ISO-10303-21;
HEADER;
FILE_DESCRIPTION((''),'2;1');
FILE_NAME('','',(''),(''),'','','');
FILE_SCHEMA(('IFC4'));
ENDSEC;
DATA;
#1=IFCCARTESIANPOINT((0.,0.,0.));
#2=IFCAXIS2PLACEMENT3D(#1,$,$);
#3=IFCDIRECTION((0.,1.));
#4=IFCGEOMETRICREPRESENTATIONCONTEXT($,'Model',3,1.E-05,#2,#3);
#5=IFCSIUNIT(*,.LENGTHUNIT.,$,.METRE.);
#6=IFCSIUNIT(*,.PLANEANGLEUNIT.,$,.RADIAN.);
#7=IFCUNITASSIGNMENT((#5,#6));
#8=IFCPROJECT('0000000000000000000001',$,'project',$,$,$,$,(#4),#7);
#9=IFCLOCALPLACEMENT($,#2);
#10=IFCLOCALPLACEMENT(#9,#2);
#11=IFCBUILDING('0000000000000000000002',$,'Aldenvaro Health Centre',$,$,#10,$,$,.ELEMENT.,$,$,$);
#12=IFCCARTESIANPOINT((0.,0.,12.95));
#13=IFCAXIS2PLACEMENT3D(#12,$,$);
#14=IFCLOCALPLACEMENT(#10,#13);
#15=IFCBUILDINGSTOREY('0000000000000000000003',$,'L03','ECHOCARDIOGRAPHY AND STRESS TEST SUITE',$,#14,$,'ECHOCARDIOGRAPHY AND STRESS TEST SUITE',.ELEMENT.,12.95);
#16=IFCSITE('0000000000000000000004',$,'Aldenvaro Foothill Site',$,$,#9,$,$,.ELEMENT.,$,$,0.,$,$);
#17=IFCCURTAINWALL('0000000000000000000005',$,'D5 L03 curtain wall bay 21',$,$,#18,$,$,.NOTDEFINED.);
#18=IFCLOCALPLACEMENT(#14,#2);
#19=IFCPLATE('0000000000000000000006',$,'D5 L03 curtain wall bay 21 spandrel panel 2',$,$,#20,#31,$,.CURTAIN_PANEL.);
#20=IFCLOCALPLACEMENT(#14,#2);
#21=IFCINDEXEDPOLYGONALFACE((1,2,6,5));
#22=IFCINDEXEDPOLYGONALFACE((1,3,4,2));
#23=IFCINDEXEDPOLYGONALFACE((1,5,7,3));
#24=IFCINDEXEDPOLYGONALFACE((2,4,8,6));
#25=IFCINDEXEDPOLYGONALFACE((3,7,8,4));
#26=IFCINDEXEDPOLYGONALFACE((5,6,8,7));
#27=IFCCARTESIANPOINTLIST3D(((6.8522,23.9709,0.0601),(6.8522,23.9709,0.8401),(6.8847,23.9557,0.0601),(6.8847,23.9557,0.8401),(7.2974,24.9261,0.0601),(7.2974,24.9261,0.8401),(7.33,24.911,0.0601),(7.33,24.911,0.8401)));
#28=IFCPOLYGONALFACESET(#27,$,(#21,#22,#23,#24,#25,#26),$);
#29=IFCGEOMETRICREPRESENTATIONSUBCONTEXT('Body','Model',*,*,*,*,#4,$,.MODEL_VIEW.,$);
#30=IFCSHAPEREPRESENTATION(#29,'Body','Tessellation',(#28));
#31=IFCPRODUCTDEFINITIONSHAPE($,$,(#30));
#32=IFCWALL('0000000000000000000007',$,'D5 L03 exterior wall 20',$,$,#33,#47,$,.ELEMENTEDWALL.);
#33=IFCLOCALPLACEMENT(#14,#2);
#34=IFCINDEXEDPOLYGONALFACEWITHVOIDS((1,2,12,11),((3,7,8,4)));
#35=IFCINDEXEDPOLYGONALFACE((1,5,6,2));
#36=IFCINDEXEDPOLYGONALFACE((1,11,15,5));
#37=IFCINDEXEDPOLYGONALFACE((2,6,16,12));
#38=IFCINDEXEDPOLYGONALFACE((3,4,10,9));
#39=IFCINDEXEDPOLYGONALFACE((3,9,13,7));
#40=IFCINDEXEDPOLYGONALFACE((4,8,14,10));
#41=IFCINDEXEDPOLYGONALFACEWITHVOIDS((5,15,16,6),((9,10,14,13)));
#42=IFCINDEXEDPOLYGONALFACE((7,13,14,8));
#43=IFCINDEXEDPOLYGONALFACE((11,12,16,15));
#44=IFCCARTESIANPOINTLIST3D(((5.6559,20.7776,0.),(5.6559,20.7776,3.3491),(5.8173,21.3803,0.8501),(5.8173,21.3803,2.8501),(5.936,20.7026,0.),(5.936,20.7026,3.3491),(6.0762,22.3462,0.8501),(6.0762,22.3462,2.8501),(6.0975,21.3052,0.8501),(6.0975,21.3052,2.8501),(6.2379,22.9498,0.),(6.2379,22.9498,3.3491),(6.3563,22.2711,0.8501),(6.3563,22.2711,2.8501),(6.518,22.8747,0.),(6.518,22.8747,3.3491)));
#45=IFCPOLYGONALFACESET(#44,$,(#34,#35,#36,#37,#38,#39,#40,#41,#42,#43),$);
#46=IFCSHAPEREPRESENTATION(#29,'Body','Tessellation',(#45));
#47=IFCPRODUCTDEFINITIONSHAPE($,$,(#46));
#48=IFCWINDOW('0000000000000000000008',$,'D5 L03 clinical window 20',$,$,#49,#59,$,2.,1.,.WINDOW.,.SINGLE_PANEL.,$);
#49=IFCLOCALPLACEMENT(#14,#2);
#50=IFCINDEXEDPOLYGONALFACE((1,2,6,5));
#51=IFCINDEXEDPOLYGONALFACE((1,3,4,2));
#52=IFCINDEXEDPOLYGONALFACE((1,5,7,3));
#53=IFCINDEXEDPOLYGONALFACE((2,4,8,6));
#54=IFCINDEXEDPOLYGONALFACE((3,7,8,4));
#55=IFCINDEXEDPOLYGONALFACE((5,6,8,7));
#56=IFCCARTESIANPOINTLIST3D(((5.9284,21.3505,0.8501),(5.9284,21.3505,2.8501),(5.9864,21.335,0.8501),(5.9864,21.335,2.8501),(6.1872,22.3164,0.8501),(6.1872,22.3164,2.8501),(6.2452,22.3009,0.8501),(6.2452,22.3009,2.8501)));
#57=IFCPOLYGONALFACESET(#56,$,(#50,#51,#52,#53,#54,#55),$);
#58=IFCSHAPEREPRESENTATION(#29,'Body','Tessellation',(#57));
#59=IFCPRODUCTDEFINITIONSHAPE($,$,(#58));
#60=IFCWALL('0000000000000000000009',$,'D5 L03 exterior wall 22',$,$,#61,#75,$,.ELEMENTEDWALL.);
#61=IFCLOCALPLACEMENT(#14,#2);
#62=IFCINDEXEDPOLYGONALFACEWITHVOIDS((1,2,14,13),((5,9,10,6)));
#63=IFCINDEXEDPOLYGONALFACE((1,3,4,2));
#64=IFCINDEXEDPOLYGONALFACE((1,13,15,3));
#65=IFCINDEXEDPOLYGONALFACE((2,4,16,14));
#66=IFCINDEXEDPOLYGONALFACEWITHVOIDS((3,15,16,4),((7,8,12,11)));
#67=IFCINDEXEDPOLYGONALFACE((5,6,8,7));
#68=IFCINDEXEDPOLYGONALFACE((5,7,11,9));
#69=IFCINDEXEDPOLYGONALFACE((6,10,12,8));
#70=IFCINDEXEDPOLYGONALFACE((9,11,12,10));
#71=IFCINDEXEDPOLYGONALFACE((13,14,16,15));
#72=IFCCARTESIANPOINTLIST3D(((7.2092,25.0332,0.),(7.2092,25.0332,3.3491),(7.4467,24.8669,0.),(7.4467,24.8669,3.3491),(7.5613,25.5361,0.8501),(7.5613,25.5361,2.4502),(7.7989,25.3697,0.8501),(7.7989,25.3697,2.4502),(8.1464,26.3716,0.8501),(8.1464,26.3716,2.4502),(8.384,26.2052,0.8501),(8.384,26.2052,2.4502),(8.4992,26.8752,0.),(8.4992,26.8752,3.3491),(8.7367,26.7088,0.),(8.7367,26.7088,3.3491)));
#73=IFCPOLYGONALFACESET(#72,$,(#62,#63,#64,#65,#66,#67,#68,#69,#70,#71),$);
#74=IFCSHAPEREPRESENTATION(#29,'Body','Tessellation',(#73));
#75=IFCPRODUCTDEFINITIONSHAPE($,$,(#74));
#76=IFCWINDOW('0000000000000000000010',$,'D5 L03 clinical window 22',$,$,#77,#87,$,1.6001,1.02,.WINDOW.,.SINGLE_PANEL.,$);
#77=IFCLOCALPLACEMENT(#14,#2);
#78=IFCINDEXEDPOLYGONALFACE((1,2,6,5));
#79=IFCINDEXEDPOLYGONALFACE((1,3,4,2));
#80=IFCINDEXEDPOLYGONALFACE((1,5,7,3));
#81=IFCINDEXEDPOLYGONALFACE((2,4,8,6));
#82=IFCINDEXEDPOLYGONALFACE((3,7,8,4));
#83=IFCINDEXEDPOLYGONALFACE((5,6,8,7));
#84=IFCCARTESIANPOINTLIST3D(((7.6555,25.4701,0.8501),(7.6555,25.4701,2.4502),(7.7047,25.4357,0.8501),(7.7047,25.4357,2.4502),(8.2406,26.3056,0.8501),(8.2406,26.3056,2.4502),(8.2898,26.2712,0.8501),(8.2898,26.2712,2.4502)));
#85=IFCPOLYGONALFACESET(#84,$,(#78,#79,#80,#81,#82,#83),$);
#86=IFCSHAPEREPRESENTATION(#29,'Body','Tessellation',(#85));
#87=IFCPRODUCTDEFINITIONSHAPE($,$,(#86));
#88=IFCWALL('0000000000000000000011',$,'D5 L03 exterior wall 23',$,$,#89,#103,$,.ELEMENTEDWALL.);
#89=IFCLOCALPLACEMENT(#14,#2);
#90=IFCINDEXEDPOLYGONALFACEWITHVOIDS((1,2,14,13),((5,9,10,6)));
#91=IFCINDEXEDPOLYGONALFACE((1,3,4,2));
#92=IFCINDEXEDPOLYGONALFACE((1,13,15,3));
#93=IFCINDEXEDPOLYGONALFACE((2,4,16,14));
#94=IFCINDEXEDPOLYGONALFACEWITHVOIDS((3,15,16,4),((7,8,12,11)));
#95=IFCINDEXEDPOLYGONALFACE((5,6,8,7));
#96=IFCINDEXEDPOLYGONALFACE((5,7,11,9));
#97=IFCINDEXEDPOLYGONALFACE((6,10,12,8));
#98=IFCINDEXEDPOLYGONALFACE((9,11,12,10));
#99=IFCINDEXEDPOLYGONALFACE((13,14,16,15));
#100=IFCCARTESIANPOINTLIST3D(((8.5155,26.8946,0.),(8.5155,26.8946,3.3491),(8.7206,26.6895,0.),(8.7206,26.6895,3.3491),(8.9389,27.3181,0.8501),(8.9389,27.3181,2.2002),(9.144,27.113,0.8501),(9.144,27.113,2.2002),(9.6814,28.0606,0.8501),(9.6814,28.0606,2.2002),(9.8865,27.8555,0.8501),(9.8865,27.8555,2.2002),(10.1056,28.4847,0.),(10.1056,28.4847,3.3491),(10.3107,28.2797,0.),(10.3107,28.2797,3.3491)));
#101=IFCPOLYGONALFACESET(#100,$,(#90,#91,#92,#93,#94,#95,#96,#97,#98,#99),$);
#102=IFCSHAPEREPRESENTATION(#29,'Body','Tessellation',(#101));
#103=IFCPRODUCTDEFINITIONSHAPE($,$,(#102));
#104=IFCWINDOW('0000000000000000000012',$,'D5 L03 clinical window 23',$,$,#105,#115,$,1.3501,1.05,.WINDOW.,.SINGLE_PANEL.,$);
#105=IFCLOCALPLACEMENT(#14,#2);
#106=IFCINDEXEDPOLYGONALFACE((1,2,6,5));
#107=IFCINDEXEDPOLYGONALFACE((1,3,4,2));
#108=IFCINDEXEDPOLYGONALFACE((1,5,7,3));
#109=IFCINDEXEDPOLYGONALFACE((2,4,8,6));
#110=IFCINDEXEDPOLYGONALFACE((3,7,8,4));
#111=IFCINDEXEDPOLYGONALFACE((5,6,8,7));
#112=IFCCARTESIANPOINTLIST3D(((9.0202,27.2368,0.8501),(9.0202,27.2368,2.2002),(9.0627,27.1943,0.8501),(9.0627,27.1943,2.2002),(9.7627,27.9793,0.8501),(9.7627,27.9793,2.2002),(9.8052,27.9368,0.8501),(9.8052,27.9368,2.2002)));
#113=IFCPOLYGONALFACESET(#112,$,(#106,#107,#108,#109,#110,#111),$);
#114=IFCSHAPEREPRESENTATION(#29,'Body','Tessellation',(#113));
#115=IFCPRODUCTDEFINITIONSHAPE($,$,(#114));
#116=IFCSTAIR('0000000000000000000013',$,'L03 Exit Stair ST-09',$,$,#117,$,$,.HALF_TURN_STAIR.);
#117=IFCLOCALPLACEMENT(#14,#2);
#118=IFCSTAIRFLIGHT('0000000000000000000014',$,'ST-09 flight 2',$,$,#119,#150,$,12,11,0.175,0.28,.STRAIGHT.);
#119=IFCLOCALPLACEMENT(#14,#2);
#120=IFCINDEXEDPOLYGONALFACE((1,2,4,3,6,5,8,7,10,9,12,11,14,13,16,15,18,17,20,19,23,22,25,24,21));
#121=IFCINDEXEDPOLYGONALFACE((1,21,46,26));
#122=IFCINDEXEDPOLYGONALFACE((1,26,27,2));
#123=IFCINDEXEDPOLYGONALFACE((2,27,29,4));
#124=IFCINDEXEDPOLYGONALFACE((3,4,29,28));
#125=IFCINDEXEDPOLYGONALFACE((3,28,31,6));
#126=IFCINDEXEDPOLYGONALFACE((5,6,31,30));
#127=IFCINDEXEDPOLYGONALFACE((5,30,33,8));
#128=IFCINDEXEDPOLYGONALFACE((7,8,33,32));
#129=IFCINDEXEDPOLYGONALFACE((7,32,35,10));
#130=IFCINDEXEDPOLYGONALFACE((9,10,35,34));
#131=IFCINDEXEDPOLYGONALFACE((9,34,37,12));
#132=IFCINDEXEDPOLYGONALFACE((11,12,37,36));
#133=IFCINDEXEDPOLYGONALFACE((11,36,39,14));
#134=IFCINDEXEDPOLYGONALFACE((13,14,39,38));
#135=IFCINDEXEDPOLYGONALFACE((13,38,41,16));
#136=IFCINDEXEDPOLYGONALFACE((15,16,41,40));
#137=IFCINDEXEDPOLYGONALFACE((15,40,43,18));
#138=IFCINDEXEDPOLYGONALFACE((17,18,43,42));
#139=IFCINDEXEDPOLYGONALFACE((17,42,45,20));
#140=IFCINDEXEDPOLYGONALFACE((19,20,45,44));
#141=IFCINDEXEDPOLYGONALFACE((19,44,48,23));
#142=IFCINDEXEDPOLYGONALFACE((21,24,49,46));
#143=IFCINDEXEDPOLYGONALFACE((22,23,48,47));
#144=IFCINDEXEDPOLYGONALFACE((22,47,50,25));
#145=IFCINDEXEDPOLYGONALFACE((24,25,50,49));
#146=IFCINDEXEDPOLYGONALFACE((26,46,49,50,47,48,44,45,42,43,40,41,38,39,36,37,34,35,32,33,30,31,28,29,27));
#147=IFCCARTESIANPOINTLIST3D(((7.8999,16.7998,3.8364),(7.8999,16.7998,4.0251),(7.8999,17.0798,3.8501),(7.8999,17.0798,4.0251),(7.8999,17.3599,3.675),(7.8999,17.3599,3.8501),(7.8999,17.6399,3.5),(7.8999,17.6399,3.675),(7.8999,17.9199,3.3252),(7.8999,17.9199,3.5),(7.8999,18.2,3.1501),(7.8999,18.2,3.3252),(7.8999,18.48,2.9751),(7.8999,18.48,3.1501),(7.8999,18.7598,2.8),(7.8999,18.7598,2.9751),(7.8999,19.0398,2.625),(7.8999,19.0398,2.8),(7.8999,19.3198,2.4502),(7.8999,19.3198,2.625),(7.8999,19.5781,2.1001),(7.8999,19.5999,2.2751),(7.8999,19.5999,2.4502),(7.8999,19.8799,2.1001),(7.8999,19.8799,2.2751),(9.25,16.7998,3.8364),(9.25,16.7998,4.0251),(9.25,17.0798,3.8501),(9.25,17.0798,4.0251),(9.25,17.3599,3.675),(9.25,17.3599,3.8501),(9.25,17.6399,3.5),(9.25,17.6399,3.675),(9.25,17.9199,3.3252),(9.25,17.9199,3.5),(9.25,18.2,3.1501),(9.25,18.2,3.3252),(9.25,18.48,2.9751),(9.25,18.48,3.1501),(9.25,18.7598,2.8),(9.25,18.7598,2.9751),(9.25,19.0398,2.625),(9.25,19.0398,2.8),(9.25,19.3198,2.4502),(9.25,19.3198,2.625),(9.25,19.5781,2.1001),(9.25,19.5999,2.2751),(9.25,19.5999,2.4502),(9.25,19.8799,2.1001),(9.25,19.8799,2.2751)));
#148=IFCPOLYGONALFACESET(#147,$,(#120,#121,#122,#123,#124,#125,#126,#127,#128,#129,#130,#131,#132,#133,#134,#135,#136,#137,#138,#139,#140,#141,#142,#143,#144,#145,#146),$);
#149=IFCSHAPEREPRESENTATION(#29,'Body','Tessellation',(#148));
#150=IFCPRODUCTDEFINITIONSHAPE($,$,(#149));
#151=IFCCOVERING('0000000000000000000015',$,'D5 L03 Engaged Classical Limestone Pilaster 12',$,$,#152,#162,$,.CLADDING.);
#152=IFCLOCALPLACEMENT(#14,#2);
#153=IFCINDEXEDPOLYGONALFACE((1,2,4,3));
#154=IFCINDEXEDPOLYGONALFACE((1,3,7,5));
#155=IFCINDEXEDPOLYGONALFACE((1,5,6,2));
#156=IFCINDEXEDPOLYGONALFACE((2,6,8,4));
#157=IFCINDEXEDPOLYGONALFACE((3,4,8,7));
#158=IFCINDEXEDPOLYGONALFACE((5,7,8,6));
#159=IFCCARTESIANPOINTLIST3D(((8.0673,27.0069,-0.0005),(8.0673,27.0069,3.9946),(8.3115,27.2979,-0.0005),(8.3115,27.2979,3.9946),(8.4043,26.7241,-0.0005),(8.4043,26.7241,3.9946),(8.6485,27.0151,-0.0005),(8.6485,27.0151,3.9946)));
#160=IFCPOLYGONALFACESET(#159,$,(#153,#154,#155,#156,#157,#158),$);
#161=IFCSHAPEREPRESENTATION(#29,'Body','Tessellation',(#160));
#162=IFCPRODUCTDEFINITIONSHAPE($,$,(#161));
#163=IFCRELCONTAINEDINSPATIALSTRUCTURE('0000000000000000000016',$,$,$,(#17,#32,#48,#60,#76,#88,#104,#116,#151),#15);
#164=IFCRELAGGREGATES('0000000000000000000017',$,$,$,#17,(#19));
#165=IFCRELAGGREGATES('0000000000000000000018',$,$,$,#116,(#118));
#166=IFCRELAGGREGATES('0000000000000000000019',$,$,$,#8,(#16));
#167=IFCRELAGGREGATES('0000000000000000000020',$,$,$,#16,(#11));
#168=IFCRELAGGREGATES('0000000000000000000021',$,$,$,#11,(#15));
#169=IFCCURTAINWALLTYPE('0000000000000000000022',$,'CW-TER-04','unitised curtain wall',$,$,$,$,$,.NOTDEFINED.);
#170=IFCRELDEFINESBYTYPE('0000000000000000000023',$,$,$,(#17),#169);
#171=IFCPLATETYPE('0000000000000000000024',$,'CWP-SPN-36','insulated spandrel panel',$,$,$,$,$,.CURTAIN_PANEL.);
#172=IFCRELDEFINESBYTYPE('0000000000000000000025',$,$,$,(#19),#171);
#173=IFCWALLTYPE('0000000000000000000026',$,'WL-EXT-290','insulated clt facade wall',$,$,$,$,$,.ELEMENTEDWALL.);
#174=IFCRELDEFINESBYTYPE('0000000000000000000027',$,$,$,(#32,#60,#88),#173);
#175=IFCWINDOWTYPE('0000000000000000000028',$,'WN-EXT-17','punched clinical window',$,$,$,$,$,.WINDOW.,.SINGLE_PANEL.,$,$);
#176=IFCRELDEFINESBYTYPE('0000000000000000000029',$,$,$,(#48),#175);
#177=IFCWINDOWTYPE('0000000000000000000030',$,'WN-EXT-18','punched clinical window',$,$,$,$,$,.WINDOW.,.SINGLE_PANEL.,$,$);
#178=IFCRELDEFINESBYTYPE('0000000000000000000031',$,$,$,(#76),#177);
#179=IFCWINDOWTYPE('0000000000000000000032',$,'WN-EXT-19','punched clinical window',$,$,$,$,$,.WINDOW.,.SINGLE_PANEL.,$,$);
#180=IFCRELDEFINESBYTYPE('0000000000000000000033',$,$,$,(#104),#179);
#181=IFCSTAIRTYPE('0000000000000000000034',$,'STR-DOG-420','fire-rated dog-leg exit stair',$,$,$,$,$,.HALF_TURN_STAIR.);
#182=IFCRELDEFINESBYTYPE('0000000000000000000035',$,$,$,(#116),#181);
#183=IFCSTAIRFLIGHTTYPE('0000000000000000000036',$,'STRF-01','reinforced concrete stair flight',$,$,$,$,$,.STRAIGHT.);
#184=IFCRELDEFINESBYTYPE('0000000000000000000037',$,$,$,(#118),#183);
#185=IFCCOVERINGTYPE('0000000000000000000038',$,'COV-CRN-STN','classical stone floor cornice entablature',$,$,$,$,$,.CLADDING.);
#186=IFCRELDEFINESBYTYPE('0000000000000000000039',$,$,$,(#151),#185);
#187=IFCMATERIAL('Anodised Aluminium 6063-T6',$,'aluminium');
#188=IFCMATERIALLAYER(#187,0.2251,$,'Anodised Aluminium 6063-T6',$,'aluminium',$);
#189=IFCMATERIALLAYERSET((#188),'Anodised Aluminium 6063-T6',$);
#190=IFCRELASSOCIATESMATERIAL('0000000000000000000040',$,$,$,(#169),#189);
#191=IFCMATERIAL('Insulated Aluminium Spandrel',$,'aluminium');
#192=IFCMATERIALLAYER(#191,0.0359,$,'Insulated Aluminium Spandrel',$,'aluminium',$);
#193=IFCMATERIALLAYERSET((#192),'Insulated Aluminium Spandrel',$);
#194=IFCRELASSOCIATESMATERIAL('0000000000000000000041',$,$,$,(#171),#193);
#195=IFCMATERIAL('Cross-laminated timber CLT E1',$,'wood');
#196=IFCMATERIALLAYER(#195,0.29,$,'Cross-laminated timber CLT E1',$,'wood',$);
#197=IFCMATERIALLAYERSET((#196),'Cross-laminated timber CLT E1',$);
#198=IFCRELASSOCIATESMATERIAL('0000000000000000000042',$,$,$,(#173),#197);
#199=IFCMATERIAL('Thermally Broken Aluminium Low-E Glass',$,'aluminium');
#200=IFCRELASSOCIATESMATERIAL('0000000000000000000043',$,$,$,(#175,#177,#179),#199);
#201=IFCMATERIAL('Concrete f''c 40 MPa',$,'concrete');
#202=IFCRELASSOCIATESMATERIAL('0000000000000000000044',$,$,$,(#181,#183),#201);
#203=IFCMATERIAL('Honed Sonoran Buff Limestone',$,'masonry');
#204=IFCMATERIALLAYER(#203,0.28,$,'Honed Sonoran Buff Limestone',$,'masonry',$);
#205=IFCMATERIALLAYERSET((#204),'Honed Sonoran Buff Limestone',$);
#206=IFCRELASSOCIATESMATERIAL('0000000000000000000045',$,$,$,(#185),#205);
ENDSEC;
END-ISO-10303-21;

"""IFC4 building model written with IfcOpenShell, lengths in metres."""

from ifc_helpers import new_model, si_unit, direction, frame, frame_2d, origin, origin_2d, place, context, subcontext, project, spatial, polyline, rectangle, outline, extrude, material, layer, layer_set, type_object, element, fill, aggregate, save


model = new_model("IFC4")

# Units and contexts
model_context = context("Model", 3, precision=1e-05, world=origin(), true_north=direction((0.0, 1.0)))
body_context = subcontext(model_context, "Body", "Model", "MODEL_VIEW")
ifc_project = project(units=[si_unit("LENGTHUNIT", "METRE"), si_unit("PLANEANGLEUNIT", "RADIAN")], contexts=[model_context])

# Site, building, storey
site_placement = place(None, origin())
site = spatial("IfcSite", under=ifc_project, at=site_placement, Name="Aldenvaro Foothill Site", CompositionType="ELEMENT", RefElevation=0.0)
building_placement = place(site_placement, origin())
building = spatial("IfcBuilding", under=site, at=building_placement, Name="Aldenvaro Health Centre", CompositionType="ELEMENT")
storey_placement = place(building_placement, frame((0.0, 0.0, 12.95)))
storey = spatial("IfcBuildingStorey", under=building, at=storey_placement, Name="L03", Description="ECHOCARDIOGRAPHY AND STRESS TEST SUITE", LongName="ECHOCARDIOGRAPHY AND STRESS TEST SUITE", CompositionType="ELEMENT", Elevation=12.95)

# Curtain wall
ifc_material_1 = material(Name="Anodised Aluminium 6063-T6", Category="aluminium")
ifc_layer_1 = layer(ifc_material_1, 0.2251, Name="Anodised Aluminium 6063-T6", Category="aluminium")
ifc_layer_set_1 = layer_set([ifc_layer_1], Name="Anodised Aluminium 6063-T6")
curtain_wall_type = type_object("IfcCurtainWallType", Name="CW-TER-04", Description="unitised curtain wall", PredefinedType="NOTDEFINED", material=ifc_layer_set_1)
curtain_wall_placement = place(storey_placement, origin())
curtain_wall = element("IfcCurtainWall", 1, at=curtain_wall_placement, inside=storey, type_object=curtain_wall_type, Name="D5 L03 curtain wall bay 21", PredefinedType="NOTDEFINED")

# Plate
ifc_material_2 = material(Name="Insulated Aluminium Spandrel", Category="aluminium")
ifc_layer_2 = layer(ifc_material_2, 0.0359, Name="Insulated Aluminium Spandrel", Category="aluminium")
ifc_layer_set_2 = layer_set([ifc_layer_2], Name="Insulated Aluminium Spandrel")
plate_type_1 = type_object("IfcPlateType", Name="CWP-SPN-36", Description="insulated spandrel panel", PredefinedType="CURTAIN_PANEL", material=ifc_layer_set_2)
plate_1_placement = place(storey_placement, frame((7.0911, 24.4409, 0.0601), z_axis=(0.0, 0.0, 1.0), x_axis=(0.422496, 0.906365, 0.0)))
plate_1 = element("IfcPlate", 2, at=plate_1_placement, type_object=plate_type_1, Name="D5 L03 curtain wall bay 21 spandrel panel 2", PredefinedType="CURTAIN_PANEL", context=body_context, shape_type="SweptSolid", body=[
    extrude(rectangle(XDim=1.054, YDim=0.0359, at=origin_2d()), origin(), (0.0, 0.0, 1.0), 0.78),
])
aggregate(curtain_wall, [plate_1])

# Walls, openings, windows
ifc_material_3 = material(Name="Cross-laminated timber CLT E1", Category="wood")
ifc_layer_3 = layer(ifc_material_3, 0.29, Name="Cross-laminated timber CLT E1", Category="wood")
ifc_layer_set_3 = layer_set([ifc_layer_3], Name="Cross-laminated timber CLT E1")
wall_type = type_object("IfcWallType", Name="WL-EXT-290", Description="insulated clt facade wall", PredefinedType="ELEMENTEDWALL", material=ifc_layer_set_3)
wall_1_placement = place(storey_placement, frame((5.7959, 20.74, 0.0), z_axis=(0.0, 0.0, 1.0), x_axis=(0.258825, 0.965924, 0.0)))
wall_1 = element("IfcWall", 3, at=wall_1_placement, inside=storey, type_object=wall_type, Name="D5 L03 exterior wall 20", PredefinedType="ELEMENTEDWALL", context=body_context, shape_type="SweptSolid", body=[
    extrude(rectangle(XDim=2.2488, YDim=0.29, at=frame_2d((1.1245, 0.0))), origin(), (0.0, 0.0, 1.0), 3.3491),
])
opening_1_placement = place(wall_1_placement, frame((0.624, 0.0, 0.8501)))
opening_1 = element("IfcOpeningElement", 4, at=opening_1_placement, cuts=wall_1, PredefinedType="OPENING", context=body_context, shape_type="SweptSolid", body=[
    extrude(rectangle(XDim=1.0, YDim=2.0, at=frame_2d((0.5, 1.0))), frame((0.0, 0.155, 0.0), z_axis=(0.0, -1.0, 0.0), x_axis=(1.0, 0.0, 0.0)), (0.0, 0.0, 1.0), 0.3101),
])
ifc_material_4 = material(Name="Thermally Broken Aluminium Low-E Glass", Category="aluminium")
window_type_1 = type_object("IfcWindowType", Name="WN-EXT-17", Description="punched clinical window", PartitioningType="SINGLE_PANEL", PredefinedType="WINDOW", material=ifc_material_4)
window_1_placement = place(opening_1_placement, origin())
window_1 = element("IfcWindow", 5, at=window_1_placement, inside=storey, type_object=window_type_1, Name="D5 L03 clinical window 20", OverallHeight=2.0, OverallWidth=1.0, PartitioningType="SINGLE_PANEL", PredefinedType="WINDOW", context=body_context, shape_type="SweptSolid", body=[
    extrude(rectangle(XDim=1.0, YDim=2.0, at=frame_2d((0.5, 1.0))), frame((0.0, 0.03, 0.0), z_axis=(0.0, -1.0, 0.0), x_axis=(1.0, 0.0, 0.0)), (0.0, 0.0, 1.0), 0.0601),
])
fill(opening_1, window_1)
wall_2_placement = place(storey_placement, frame((7.3279, 24.95, 0.0), z_axis=(0.0, 0.0, 1.0), x_axis=(0.573644, 0.819104, 0.0)))
wall_2 = element("IfcWall", 6, at=wall_2_placement, inside=storey, type_object=wall_type, Name="D5 L03 exterior wall 22", PredefinedType="ELEMENTEDWALL", context=body_context, shape_type="SweptSolid", body=[
    extrude(rectangle(XDim=2.2488, YDim=0.29, at=frame_2d((1.1245, 0.0))), origin(), (0.0, 0.0, 1.0), 3.3491),
])
opening_2_placement = place(wall_2_placement, frame((0.614, 0.0, 0.8501)))
opening_2 = element("IfcOpeningElement", 7, at=opening_2_placement, cuts=wall_2, PredefinedType="OPENING", context=body_context, shape_type="SweptSolid", body=[
    extrude(rectangle(XDim=1.02, YDim=1.6001, at=frame_2d((0.51, 0.8))), frame((0.0, 0.155, 0.0), z_axis=(0.0, -1.0, 0.0), x_axis=(1.0, 0.0, 0.0)), (0.0, 0.0, 1.0), 0.3101),
])
window_type_2 = type_object("IfcWindowType", Name="WN-EXT-18", Description="punched clinical window", PartitioningType="SINGLE_PANEL", PredefinedType="WINDOW", material=ifc_material_4)
window_2_placement = place(opening_2_placement, origin())
window_2 = element("IfcWindow", 8, at=window_2_placement, inside=storey, type_object=window_type_2, Name="D5 L03 clinical window 22", OverallHeight=1.6001, OverallWidth=1.02, PartitioningType="SINGLE_PANEL", PredefinedType="WINDOW", context=body_context, shape_type="SweptSolid", body=[
    extrude(rectangle(XDim=1.02, YDim=1.6001, at=frame_2d((0.51, 0.8))), frame((0.0, 0.03, 0.0), z_axis=(0.0, -1.0, 0.0), x_axis=(1.0, 0.0, 0.0)), (0.0, 0.0, 1.0), 0.0601),
])
fill(opening_2, window_2)
wall_3_placement = place(storey_placement, frame((8.6179, 26.792, 0.0), z_axis=(0.0, 0.0, 1.0), x_axis=(0.707107, 0.707107, 0.0)))
wall_3 = element("IfcWall", 9, at=wall_3_placement, inside=storey, type_object=wall_type, Name="D5 L03 exterior wall 23", PredefinedType="ELEMENTEDWALL", context=body_context, shape_type="SweptSolid", body=[
    extrude(rectangle(XDim=2.2488, YDim=0.29, at=frame_2d((1.1245, 0.0))), origin(), (0.0, 0.0, 1.0), 3.3491),
])
opening_3_placement = place(wall_3_placement, frame((0.5991, 0.0, 0.8501)))
opening_3 = element("IfcOpeningElement", 10, at=opening_3_placement, cuts=wall_3, PredefinedType="OPENING", context=body_context, shape_type="SweptSolid", body=[
    extrude(rectangle(XDim=1.05, YDim=1.3501, at=frame_2d((0.5249, 0.675))), frame((0.0, 0.155, 0.0), z_axis=(0.0, -1.0, 0.0), x_axis=(1.0, 0.0, 0.0)), (0.0, 0.0, 1.0), 0.3101),
])
window_type_3 = type_object("IfcWindowType", Name="WN-EXT-19", Description="punched clinical window", PartitioningType="SINGLE_PANEL", PredefinedType="WINDOW", material=ifc_material_4)
window_3_placement = place(opening_3_placement, origin())
window_3 = element("IfcWindow", 11, at=window_3_placement, inside=storey, type_object=window_type_3, Name="D5 L03 clinical window 23", OverallHeight=1.3501, OverallWidth=1.05, PartitioningType="SINGLE_PANEL", PredefinedType="WINDOW", context=body_context, shape_type="SweptSolid", body=[
    extrude(rectangle(XDim=1.05, YDim=1.3501, at=frame_2d((0.5249, 0.675))), frame((0.0, 0.03, 0.0), z_axis=(0.0, -1.0, 0.0), x_axis=(1.0, 0.0, 0.0)), (0.0, 0.0, 1.0), 0.0601),
])
fill(opening_3, window_3)

# Stair, stair flight
ifc_material_5 = material(Name="Concrete f'c 40 MPa", Category="concrete")
stair_type = type_object("IfcStairType", Name="STR-DOG-420", Description="fire-rated dog-leg exit stair", PredefinedType="HALF_TURN_STAIR", material=ifc_material_5)
stair_placement = place(storey_placement, origin())
stair = element("IfcStair", 12, at=stair_placement, inside=storey, type_object=stair_type, Name="L03 Exit Stair ST-09", PredefinedType="HALF_TURN_STAIR")
stair_flight_type = type_object("IfcStairFlightType", Name="STRF-01", Description="reinforced concrete stair flight", PredefinedType="STRAIGHT", material=ifc_material_5)
stair_flight_placement = place(storey_placement, frame((8.575, 19.8799, 2.1001), z_axis=(0.0, 0.0, 1.0), x_axis=(0.0, -1.0, 0.0)))
stair_flight = element("IfcStairFlight", 13, at=stair_flight_placement, type_object=stair_flight_type, Name="ST-09 flight 2", NumberOfRisers=12, NumberOfTreads=11, PredefinedType="STRAIGHT", RiserHeight=0.175, TreadLength=0.28, context=body_context, shape_type="SweptSolid", body=[
    extrude(outline(polyline([(0.0, 0.0), (0.0, 0.175), (0.28, 0.175), (0.28, 0.3501), (0.5601, 0.3501), (0.5601, 0.5249), (0.8401, 0.5249), (0.8401, 0.7), (1.1201, 0.7), (1.1201, 0.875), (1.3999, 0.875), (1.3999, 1.05), (1.6799, 1.05), (1.6799, 1.2251), (1.96, 1.2251), (1.96, 1.3999), (2.24, 1.3999), (2.24, 1.575), (2.52, 1.575), (2.52, 1.75), (2.8, 1.75), (2.8, 1.925), (3.0801, 1.925), (3.0801, 2.1001), (3.0801, 1.7363), (0.3018, 0.0), (0.0, 0.0)])), frame((0.0, 0.675, 0.0), z_axis=(0.0, -1.0, 0.0), x_axis=(1.0, 0.0, 0.0)), (0.0, 0.0, 1.0), 1.3501),
])
aggregate(stair, [stair_flight])

# Covering
ifc_material_6 = material(Name="Honed Sonoran Buff Limestone", Category="masonry")
ifc_layer_4 = layer(ifc_material_6, 0.28, Name="Honed Sonoran Buff Limestone", Category="masonry")
ifc_layer_set_4 = layer_set([ifc_layer_4], Name="Honed Sonoran Buff Limestone")
covering_type = type_object("IfcCoveringType", Name="COV-CRN-STN", Description="classical stone floor cornice entablature", PredefinedType="CLADDING", material=ifc_layer_set_4)
covering_placement = place(storey_placement, frame((8.3579, 27.011, -0.0005), z_axis=(0.0, 0.0, 1.0), x_axis=(-0.766044, 0.642788, 0.0)))
element("IfcCovering", 14, at=covering_placement, inside=storey, type_object=covering_type, Name="D5 L03 Engaged Classical Limestone Pilaster 12", PredefinedType="CLADDING", context=body_context, shape_type="SweptSolid", body=[
    extrude(rectangle(XDim=0.4399, YDim=0.3799, at=origin_2d()), origin(), (0.0, 0.0, 1.0), 3.9951),
])

save(model, "model.ifc")
